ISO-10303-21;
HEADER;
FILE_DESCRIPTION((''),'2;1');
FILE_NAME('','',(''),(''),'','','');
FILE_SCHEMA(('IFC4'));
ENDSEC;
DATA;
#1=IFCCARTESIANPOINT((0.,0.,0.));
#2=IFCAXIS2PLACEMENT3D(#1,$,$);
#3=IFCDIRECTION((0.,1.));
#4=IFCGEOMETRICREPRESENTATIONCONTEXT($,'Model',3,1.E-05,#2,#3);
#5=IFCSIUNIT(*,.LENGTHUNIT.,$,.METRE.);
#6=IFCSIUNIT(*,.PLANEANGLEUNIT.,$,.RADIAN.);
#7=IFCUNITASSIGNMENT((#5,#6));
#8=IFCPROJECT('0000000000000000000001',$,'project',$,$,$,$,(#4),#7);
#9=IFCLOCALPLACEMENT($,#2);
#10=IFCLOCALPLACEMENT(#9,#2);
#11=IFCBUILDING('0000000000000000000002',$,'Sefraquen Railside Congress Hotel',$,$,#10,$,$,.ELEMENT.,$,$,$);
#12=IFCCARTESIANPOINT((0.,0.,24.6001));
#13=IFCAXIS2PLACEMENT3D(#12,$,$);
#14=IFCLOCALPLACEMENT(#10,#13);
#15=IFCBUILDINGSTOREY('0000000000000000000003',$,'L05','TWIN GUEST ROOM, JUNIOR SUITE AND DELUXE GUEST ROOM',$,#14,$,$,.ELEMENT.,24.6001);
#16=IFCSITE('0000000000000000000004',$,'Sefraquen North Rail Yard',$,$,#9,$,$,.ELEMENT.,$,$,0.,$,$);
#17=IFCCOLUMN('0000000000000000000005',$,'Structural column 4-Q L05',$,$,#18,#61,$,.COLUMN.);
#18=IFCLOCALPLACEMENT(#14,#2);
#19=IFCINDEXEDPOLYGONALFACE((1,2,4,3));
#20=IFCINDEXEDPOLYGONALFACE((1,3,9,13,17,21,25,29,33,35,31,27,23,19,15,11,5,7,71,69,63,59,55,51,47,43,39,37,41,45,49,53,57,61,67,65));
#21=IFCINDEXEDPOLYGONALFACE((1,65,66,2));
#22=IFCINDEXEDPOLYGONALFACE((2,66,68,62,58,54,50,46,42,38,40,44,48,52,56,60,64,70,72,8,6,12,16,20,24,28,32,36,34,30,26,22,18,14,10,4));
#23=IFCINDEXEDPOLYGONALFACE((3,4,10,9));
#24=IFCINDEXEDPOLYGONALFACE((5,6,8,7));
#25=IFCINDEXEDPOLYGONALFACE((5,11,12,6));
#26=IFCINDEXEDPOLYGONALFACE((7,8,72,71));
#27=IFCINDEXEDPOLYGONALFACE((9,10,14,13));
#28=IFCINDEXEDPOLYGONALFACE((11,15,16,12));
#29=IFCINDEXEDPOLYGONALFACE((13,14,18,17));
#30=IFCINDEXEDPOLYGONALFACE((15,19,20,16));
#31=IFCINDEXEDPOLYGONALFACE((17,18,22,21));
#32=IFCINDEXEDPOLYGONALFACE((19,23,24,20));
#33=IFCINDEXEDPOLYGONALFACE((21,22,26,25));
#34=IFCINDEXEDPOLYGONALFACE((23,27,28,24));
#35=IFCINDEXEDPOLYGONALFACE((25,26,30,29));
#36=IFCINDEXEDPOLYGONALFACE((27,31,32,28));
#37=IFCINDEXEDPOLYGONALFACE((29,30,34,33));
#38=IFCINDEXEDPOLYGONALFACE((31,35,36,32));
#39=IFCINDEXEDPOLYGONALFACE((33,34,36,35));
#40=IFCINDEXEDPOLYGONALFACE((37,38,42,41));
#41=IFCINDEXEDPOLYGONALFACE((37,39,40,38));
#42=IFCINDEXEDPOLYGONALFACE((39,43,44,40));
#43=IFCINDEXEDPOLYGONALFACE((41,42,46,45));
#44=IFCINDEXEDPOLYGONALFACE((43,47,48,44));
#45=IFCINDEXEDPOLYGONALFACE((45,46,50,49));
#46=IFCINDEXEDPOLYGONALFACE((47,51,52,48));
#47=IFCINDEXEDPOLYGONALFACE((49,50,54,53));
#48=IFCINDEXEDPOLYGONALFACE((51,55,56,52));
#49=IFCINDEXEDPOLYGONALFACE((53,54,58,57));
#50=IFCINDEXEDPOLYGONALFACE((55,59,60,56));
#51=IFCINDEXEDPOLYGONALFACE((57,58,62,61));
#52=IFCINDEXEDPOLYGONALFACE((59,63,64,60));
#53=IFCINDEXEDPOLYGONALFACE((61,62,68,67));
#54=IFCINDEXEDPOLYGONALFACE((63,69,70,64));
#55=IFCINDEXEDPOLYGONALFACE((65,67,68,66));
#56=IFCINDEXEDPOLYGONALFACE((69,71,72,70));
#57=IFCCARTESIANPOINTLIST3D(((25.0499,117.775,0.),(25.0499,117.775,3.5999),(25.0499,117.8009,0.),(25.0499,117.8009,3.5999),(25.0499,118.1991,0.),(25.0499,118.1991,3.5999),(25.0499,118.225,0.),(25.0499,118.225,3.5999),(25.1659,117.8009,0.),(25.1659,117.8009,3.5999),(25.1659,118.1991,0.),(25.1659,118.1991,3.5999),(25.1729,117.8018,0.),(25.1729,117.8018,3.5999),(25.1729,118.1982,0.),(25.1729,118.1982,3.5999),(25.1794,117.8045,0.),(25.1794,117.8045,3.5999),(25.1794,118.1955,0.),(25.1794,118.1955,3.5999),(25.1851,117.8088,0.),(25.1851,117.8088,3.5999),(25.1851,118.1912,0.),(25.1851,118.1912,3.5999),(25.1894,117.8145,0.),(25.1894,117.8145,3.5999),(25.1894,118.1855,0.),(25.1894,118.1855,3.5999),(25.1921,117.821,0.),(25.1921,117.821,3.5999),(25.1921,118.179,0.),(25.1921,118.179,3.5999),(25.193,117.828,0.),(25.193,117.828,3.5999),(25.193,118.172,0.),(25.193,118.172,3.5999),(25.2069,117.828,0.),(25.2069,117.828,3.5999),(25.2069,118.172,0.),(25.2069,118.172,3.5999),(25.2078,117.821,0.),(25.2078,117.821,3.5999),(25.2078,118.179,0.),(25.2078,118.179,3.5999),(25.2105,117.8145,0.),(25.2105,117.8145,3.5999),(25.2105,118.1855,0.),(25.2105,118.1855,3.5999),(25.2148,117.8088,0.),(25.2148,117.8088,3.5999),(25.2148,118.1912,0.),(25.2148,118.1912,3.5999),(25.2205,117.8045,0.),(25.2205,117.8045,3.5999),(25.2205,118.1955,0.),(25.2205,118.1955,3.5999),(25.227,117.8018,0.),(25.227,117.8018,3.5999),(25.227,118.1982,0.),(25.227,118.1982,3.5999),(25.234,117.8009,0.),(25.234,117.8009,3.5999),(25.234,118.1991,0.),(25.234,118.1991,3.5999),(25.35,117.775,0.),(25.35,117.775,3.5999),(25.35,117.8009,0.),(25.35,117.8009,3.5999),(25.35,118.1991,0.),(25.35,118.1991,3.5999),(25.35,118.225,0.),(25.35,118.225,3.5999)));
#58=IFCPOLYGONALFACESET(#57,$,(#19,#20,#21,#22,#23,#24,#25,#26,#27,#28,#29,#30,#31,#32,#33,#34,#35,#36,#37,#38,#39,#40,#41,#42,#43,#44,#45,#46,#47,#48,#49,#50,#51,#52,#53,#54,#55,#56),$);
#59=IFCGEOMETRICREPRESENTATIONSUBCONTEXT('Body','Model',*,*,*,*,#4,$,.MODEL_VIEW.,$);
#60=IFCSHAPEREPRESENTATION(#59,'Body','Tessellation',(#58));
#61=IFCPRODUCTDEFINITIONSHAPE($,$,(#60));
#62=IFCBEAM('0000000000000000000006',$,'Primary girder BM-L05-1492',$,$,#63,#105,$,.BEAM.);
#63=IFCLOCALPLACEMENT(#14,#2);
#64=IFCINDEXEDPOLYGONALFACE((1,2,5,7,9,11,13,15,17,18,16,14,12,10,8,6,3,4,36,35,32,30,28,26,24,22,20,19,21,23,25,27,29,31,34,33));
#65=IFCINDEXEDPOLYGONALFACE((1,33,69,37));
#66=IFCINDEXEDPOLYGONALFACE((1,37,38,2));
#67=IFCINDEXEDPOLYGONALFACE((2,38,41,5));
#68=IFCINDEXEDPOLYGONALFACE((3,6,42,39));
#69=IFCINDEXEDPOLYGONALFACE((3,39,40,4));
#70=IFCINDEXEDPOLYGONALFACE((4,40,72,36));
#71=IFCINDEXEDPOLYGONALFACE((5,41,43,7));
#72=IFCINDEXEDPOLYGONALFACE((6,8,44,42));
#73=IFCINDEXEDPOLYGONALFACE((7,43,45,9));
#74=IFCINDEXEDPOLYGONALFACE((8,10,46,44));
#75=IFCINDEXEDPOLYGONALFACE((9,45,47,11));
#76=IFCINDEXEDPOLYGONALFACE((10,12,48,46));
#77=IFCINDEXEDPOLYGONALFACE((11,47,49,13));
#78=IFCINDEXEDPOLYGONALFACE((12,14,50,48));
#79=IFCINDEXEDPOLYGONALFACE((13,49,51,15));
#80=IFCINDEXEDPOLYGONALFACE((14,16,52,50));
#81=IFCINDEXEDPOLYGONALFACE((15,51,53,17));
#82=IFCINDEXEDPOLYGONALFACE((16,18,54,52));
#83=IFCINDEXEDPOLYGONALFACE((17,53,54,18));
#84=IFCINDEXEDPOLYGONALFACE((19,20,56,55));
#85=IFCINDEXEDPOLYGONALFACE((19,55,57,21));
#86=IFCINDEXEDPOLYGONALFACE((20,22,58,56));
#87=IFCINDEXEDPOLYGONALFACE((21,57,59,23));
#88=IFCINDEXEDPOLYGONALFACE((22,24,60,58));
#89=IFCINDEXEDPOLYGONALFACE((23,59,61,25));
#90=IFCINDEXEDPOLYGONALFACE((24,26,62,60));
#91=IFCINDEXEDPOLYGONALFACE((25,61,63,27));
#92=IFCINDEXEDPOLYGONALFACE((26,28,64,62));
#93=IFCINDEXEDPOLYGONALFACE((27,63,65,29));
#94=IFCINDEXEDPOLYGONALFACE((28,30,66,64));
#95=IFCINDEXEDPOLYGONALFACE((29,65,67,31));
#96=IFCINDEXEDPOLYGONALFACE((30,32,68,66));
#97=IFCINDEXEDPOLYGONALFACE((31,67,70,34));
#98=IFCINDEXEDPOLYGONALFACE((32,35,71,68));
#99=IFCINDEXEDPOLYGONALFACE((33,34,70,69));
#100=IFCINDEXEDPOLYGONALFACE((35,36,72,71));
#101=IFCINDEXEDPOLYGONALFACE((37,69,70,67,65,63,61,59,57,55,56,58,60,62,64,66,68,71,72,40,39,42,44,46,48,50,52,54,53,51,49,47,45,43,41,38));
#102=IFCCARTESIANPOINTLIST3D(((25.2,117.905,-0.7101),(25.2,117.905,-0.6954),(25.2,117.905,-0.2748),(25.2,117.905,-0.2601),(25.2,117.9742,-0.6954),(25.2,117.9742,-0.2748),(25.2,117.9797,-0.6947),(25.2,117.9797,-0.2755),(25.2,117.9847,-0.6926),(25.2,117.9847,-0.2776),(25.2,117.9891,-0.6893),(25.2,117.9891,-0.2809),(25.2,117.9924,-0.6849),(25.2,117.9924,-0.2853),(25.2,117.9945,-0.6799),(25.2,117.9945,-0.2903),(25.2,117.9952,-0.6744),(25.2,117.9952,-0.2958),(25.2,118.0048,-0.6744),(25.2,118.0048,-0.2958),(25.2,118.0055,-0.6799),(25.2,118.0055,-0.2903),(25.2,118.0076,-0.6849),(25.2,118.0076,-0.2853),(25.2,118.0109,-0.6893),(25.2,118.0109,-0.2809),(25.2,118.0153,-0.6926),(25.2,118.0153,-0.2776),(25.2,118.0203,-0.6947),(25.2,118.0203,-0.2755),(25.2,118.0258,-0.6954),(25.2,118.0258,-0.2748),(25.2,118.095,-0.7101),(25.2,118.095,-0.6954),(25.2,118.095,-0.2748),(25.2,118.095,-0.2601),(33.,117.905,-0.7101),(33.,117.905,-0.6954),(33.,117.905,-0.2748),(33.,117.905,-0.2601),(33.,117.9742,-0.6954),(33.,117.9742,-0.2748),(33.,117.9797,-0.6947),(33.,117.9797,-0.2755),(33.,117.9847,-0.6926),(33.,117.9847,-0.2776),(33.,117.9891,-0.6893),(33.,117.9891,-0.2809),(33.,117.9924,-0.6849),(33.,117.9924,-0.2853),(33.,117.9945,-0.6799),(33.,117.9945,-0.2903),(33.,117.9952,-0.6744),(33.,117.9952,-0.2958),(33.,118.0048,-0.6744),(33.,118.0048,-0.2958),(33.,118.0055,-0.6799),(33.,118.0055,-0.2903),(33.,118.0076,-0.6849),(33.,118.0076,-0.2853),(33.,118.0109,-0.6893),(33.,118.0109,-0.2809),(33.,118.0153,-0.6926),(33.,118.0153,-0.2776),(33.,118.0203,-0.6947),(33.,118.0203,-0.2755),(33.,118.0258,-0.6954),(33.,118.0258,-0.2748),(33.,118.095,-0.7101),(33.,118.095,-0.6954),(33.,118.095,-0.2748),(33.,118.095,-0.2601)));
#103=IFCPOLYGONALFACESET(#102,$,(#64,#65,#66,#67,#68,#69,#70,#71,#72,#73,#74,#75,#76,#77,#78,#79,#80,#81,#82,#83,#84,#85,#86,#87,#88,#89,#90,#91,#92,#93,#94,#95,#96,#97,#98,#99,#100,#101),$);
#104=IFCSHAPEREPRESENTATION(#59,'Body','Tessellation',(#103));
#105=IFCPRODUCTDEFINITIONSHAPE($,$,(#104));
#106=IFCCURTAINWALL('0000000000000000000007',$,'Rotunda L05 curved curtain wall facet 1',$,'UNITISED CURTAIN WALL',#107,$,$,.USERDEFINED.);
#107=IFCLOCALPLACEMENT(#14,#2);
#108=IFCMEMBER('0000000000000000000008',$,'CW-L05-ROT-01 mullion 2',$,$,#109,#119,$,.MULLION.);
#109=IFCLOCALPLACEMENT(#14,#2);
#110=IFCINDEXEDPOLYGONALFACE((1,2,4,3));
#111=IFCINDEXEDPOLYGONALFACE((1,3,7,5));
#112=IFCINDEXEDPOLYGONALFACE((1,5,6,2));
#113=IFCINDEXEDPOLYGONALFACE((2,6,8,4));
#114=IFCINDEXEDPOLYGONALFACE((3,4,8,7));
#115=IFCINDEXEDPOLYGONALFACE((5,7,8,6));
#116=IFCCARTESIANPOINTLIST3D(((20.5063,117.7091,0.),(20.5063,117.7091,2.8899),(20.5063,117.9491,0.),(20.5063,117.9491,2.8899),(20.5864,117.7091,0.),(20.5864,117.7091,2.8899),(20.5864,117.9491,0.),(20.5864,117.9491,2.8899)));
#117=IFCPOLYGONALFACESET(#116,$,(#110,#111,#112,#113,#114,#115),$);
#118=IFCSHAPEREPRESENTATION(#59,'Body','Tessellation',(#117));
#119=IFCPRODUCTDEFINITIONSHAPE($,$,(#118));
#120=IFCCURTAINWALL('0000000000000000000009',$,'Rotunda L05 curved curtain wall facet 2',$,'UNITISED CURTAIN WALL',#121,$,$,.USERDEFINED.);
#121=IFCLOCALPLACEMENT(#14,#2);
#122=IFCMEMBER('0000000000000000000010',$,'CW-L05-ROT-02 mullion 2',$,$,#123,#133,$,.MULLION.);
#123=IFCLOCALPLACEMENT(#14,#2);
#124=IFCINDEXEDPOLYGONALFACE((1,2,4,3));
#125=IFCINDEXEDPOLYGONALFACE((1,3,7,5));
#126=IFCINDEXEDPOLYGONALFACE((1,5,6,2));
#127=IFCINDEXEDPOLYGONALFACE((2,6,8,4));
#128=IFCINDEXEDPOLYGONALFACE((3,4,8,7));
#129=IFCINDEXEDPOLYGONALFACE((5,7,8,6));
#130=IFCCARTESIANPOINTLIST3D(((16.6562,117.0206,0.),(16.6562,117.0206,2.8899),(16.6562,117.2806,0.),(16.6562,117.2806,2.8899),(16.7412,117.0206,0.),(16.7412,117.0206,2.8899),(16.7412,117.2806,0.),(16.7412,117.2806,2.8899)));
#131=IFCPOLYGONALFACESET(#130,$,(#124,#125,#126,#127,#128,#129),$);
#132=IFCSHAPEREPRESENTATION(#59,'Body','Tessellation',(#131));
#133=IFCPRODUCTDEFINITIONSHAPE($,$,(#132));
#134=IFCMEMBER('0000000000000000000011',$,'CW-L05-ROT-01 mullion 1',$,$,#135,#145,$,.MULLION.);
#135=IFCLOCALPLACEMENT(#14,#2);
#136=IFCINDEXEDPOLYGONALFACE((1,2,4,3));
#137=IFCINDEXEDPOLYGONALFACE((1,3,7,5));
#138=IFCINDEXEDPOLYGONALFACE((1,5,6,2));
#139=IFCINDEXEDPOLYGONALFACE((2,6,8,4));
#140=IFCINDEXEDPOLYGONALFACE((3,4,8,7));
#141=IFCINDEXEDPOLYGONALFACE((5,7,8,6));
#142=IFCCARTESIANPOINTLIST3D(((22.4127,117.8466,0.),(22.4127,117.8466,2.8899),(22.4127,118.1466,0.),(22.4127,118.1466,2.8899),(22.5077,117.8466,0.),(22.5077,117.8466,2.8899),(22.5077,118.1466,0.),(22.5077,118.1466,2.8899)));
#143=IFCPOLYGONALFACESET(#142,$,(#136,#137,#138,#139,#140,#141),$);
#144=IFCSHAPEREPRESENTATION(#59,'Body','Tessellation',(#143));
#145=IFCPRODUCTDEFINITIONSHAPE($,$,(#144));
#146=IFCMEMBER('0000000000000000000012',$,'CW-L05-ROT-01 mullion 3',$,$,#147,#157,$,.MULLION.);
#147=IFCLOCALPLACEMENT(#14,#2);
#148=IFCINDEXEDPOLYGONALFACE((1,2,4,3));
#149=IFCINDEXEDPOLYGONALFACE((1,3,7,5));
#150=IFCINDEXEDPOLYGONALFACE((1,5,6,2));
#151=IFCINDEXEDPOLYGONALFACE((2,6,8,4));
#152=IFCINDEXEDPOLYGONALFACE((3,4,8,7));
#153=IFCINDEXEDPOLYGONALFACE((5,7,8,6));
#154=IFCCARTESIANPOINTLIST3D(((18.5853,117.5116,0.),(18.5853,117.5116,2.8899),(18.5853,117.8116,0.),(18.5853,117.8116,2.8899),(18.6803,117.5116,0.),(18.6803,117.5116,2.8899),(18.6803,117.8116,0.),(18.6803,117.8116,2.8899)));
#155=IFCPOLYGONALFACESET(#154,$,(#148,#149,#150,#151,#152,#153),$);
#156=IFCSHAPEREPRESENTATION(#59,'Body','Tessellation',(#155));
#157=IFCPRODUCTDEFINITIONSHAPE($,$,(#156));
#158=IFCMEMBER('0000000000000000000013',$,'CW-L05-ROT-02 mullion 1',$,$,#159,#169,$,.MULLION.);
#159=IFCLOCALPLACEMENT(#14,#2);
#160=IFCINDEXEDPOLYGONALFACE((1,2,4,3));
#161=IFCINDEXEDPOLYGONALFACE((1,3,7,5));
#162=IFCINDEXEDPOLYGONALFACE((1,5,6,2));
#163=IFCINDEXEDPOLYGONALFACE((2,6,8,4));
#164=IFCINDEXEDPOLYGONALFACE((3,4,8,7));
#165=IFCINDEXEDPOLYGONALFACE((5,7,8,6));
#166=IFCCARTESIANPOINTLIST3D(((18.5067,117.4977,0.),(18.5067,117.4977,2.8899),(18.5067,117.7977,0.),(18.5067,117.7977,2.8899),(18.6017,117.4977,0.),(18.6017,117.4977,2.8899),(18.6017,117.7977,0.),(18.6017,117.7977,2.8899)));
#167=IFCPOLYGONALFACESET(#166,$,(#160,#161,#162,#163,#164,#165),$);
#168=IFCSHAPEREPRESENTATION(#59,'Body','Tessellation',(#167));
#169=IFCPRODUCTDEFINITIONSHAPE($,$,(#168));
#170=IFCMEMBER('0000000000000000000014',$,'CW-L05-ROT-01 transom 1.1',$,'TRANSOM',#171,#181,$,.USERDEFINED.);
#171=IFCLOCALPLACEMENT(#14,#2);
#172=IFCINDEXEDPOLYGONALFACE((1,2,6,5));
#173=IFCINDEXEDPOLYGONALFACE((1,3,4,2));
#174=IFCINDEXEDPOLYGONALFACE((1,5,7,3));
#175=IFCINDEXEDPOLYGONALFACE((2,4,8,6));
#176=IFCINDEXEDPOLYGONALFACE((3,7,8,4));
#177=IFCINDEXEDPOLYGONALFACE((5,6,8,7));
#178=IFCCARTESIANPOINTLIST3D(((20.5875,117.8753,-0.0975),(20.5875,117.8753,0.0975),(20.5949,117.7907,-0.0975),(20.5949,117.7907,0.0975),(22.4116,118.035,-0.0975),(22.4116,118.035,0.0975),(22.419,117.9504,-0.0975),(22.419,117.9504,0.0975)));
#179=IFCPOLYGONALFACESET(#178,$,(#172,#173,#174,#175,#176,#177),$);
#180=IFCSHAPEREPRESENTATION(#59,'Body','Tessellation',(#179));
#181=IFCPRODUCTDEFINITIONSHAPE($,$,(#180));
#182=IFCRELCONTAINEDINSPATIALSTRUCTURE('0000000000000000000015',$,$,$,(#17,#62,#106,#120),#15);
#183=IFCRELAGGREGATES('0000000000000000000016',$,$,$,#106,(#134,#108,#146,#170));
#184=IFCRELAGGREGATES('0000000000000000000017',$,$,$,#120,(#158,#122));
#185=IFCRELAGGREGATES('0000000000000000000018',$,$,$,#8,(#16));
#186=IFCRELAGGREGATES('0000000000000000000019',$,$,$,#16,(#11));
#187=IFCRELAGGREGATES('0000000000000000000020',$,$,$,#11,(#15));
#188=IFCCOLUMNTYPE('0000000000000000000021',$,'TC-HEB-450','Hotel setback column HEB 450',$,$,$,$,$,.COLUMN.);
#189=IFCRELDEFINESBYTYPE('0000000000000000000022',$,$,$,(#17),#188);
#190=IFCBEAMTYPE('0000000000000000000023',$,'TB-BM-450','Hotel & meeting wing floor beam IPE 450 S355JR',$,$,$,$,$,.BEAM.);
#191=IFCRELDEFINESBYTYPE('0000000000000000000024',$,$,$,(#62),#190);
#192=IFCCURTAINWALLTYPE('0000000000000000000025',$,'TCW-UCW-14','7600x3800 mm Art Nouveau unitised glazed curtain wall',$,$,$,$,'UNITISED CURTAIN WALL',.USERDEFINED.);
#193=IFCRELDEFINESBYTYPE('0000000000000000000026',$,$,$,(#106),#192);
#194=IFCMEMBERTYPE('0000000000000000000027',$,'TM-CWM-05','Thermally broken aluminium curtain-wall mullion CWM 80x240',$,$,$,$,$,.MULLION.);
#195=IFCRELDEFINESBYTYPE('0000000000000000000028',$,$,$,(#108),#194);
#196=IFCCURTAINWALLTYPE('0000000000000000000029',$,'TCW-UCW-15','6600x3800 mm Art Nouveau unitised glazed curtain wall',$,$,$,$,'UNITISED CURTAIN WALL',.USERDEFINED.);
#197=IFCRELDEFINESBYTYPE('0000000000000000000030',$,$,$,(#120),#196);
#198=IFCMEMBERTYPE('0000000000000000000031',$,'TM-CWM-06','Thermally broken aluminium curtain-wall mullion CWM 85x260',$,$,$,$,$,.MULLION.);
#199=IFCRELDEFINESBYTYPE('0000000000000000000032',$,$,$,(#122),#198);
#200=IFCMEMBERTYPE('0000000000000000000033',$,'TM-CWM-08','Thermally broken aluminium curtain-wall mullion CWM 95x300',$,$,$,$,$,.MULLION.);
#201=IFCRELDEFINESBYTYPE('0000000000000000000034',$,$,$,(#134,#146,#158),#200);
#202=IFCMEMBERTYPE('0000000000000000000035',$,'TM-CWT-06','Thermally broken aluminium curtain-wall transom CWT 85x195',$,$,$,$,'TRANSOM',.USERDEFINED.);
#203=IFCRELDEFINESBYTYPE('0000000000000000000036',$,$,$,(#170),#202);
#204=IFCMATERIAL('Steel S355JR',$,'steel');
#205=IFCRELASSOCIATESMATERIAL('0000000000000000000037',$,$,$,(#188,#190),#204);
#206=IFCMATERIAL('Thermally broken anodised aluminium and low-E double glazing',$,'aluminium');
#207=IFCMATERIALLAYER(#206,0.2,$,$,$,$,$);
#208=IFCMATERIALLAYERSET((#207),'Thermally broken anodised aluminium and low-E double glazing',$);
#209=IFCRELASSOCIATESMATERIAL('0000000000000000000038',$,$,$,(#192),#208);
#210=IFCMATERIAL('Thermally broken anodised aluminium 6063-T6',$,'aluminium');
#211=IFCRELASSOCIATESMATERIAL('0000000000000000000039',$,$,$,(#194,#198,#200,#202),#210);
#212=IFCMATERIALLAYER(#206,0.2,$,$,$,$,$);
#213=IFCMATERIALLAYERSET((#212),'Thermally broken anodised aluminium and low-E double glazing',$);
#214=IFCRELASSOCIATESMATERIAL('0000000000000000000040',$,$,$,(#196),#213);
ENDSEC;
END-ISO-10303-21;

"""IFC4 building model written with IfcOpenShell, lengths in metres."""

from ifc_helpers import new_model, si_unit, direction, frame, origin, origin_2d, place, context, subcontext, project, spatial, rectangle, i_section, extrude, material, layer, layer_set, material_profile, profile_set, type_object, element, aggregate, save


model = new_model("IFC4")

# Units and contexts
model_context = context("Model", 3, precision=1e-05, world=origin(), true_north=direction((0.0, 1.0)))
body_context = subcontext(model_context, "Body", "Model", "MODEL_VIEW")
ifc_project = project(units=[si_unit("LENGTHUNIT", "METRE"), si_unit("PLANEANGLEUNIT", "RADIAN")], contexts=[model_context])

# Site, building, storey
site_placement = place(None, origin())
site = spatial("IfcSite", under=ifc_project, at=site_placement, Name="Sefraquen North Rail Yard", CompositionType="ELEMENT", RefElevation=0.0)
building_placement = place(site_placement, origin())
building = spatial("IfcBuilding", under=site, at=building_placement, Name="Sefraquen Railside Congress Hotel", CompositionType="ELEMENT")
storey_placement = place(building_placement, frame((0.0, 0.0, 24.6001)))
storey = spatial("IfcBuildingStorey", under=building, at=storey_placement, Name="L05", Description="TWIN GUEST ROOM, JUNIOR SUITE AND DELUXE GUEST ROOM", CompositionType="ELEMENT", Elevation=24.6001)

# Column
ifc_material_1 = material(Name="Steel S355JR", Category="steel")
ifc_material_profile_1 = material_profile(ifc_material_1, i_section(OverallWidth=0.3, OverallDepth=0.45, WebThickness=0.0139, FlangeThickness=0.0259, FilletRadius=0.0271, at=origin_2d()), Name="HEB 450")
ifc_profile_set_1 = profile_set([ifc_material_profile_1], Name="Steel S355JR")
column_type = type_object("IfcColumnType", Name="TC-HEB-450", Description="Hotel setback column HEB 450", PredefinedType="COLUMN", material=ifc_profile_set_1)
column_placement = place(storey_placement, frame((25.2, 118.0, 0.0), z_axis=(0.0, 0.0, 1.0), x_axis=(1.0, 0.0, 0.0)))
element("IfcColumn", 1, at=column_placement, inside=storey, type_object=column_type, Name="Structural column 4-Q L05", PredefinedType="COLUMN", context=body_context, shape_type="SweptSolid", body=[
    extrude(i_section(OverallWidth=0.3, OverallDepth=0.45, WebThickness=0.0139, FlangeThickness=0.0259, FilletRadius=0.0271, at=origin_2d()), origin(), (0.0, 0.0, 1.0), 3.5999),
])

# Beam
ifc_material_profile_2 = material_profile(ifc_material_1, i_section(OverallWidth=0.1899, OverallDepth=0.45, WebThickness=0.0095, FlangeThickness=0.0146, FilletRadius=0.021, at=origin_2d()), Name="IPE 450")
ifc_profile_set_2 = profile_set([ifc_material_profile_2], Name="Steel S355JR")
beam_type = type_object("IfcBeamType", Name="TB-BM-450", Description="Hotel & meeting wing floor beam IPE 450 S355JR", PredefinedType="BEAM", material=ifc_profile_set_2)
beam_placement = place(storey_placement, frame((25.2, 118.0, -0.4851), z_axis=(1.0, 0.0, 0.0), x_axis=(0.0, 1.0, 0.0)))
element("IfcBeam", 2, at=beam_placement, inside=storey, type_object=beam_type, Name="Primary girder BM-L05-1492", PredefinedType="BEAM", context=body_context, shape_type="SweptSolid", body=[
    extrude(i_section(OverallWidth=0.1899, OverallDepth=0.45, WebThickness=0.0095, FlangeThickness=0.0146, FilletRadius=0.021, at=origin_2d()), origin(), (0.0, 0.0, 1.0), 7.8),
])

# Curtain walls, members
ifc_material_2 = material(Name="Thermally broken anodised aluminium and low-E double glazing", Category="aluminium")
ifc_layer_1 = layer(ifc_material_2, 0.2)
ifc_layer_set_1 = layer_set([ifc_layer_1], Name="Thermally broken anodised aluminium and low-E double glazing")
curtain_wall_type_1 = type_object("IfcCurtainWallType", Name="TCW-UCW-14", Description="7600x3800 mm Art Nouveau unitised glazed curtain wall", ElementType="UNITISED CURTAIN WALL", PredefinedType="USERDEFINED", material=ifc_layer_set_1)
curtain_wall_1_placement = place(storey_placement, origin())
curtain_wall_1 = element("IfcCurtainWall", 3, at=curtain_wall_1_placement, inside=storey, type_object=curtain_wall_type_1, Name="Rotunda L05 curved curtain wall facet 1", ObjectType="UNITISED CURTAIN WALL", PredefinedType="USERDEFINED")
ifc_material_3 = material(Name="Thermally broken anodised aluminium 6063-T6", Category="aluminium")
ifc_material_profile_3 = material_profile(ifc_material_3, rectangle(XDim=0.0801, YDim=0.24, at=origin_2d()), Name="CWM 80x240")
ifc_profile_set_3 = profile_set([ifc_material_profile_3], Name="Thermally broken anodised aluminium 6063-T6")
member_type_1 = type_object("IfcMemberType", Name="TM-CWM-05", Description="Thermally broken aluminium curtain-wall mullion CWM 80x240", PredefinedType="MULLION", material=ifc_profile_set_3)
member_1_placement = place(storey_placement, frame((20.5464, 117.8291, 0.0), z_axis=(0.0, 0.0, 1.0), x_axis=(1.0, 0.0, 0.0)))
member_1 = element("IfcMember", 4, at=member_1_placement, type_object=member_type_1, Name="CW-L05-ROT-01 mullion 2", PredefinedType="MULLION", context=body_context, shape_type="SweptSolid", body=[
    extrude(rectangle(XDim=0.0801, YDim=0.24, at=origin_2d()), origin(), (0.0, 0.0, 1.0), 2.8899),
])
ifc_layer_2 = layer(ifc_material_2, 0.2)
ifc_layer_set_2 = layer_set([ifc_layer_2], Name="Thermally broken anodised aluminium and low-E double glazing")
curtain_wall_type_2 = type_object("IfcCurtainWallType", Name="TCW-UCW-15", Description="6600x3800 mm Art Nouveau unitised glazed curtain wall", ElementType="UNITISED CURTAIN WALL", PredefinedType="USERDEFINED", material=ifc_layer_set_2)
curtain_wall_2_placement = place(storey_placement, origin())
curtain_wall_2 = element("IfcCurtainWall", 5, at=curtain_wall_2_placement, inside=storey, type_object=curtain_wall_type_2, Name="Rotunda L05 curved curtain wall facet 2", ObjectType="UNITISED CURTAIN WALL", PredefinedType="USERDEFINED")
ifc_material_profile_4 = material_profile(ifc_material_3, rectangle(XDim=0.085, YDim=0.26, at=origin_2d()), Name="CWM 85x260")
ifc_profile_set_4 = profile_set([ifc_material_profile_4], Name="Thermally broken anodised aluminium 6063-T6")
member_type_2 = type_object("IfcMemberType", Name="TM-CWM-06", Description="Thermally broken aluminium curtain-wall mullion CWM 85x260", PredefinedType="MULLION", material=ifc_profile_set_4)
member_2_placement = place(storey_placement, frame((16.6987, 117.1506, 0.0), z_axis=(0.0, 0.0, 1.0), x_axis=(1.0, 0.0, 0.0)))
member_2 = element("IfcMember", 6, at=member_2_placement, type_object=member_type_2, Name="CW-L05-ROT-02 mullion 2", PredefinedType="MULLION", context=body_context, shape_type="SweptSolid", body=[
    extrude(rectangle(XDim=0.085, YDim=0.26, at=origin_2d()), origin(), (0.0, 0.0, 1.0), 2.8899),
])

# Members
ifc_material_profile_5 = material_profile(ifc_material_3, rectangle(XDim=0.095, YDim=0.3, at=origin_2d()), Name="CWM 95x300")
ifc_profile_set_5 = profile_set([ifc_material_profile_5], Name="Thermally broken anodised aluminium 6063-T6")
member_type_3 = type_object("IfcMemberType", Name="TM-CWM-08", Description="Thermally broken aluminium curtain-wall mullion CWM 95x300", PredefinedType="MULLION", material=ifc_profile_set_5)
member_3_placement = place(storey_placement, frame((22.4602, 117.9966, 0.0), z_axis=(0.0, 0.0, 1.0), x_axis=(1.0, 0.0, 0.0)))
member_3 = element("IfcMember", 7, at=member_3_placement, type_object=member_type_3, Name="CW-L05-ROT-01 mullion 1", PredefinedType="MULLION", context=body_context, shape_type="SweptSolid", body=[
    extrude(rectangle(XDim=0.095, YDim=0.3, at=origin_2d()), origin(), (0.0, 0.0, 1.0), 2.8899),
])
member_4_placement = place(storey_placement, frame((18.6328, 117.6616, 0.0), z_axis=(0.0, 0.0, 1.0), x_axis=(1.0, 0.0, 0.0)))
member_4 = element("IfcMember", 8, at=member_4_placement, type_object=member_type_3, Name="CW-L05-ROT-01 mullion 3", PredefinedType="MULLION", context=body_context, shape_type="SweptSolid", body=[
    extrude(rectangle(XDim=0.095, YDim=0.3, at=origin_2d()), origin(), (0.0, 0.0, 1.0), 2.8899),
])
member_5_placement = place(storey_placement, frame((18.5542, 117.6477, 0.0), z_axis=(0.0, 0.0, 1.0), x_axis=(1.0, 0.0, 0.0)))
member_5 = element("IfcMember", 9, at=member_5_placement, type_object=member_type_3, Name="CW-L05-ROT-02 mullion 1", PredefinedType="MULLION", context=body_context, shape_type="SweptSolid", body=[
    extrude(rectangle(XDim=0.095, YDim=0.3, at=origin_2d()), origin(), (0.0, 0.0, 1.0), 2.8899),
])
ifc_material_profile_6 = material_profile(ifc_material_3, rectangle(XDim=0.085, YDim=0.1951, at=origin_2d()), Name="CWT 85x195")
ifc_profile_set_6 = profile_set([ifc_material_profile_6], Name="Thermally broken anodised aluminium 6063-T6")
member_type_4 = type_object("IfcMemberType", Name="TM-CWT-06", Description="Thermally broken aluminium curtain-wall transom CWT 85x195", ElementType="TRANSOM", PredefinedType="USERDEFINED", material=ifc_profile_set_6)
member_6_placement = place(storey_placement, frame((22.4153, 117.9927, 0.0), z_axis=(-0.99619, -0.087205, 0.0), x_axis=(0.087205, -0.99619, 0.0)))
member_6 = element("IfcMember", 10, at=member_6_placement, type_object=member_type_4, Name="CW-L05-ROT-01 transom 1.1", ObjectType="TRANSOM", PredefinedType="USERDEFINED", context=body_context, shape_type="SweptSolid", body=[
    extrude(rectangle(XDim=0.085, YDim=0.1951, at=origin_2d()), origin(), (0.0, 0.0, 1.0), 1.8311),
])

aggregate(curtain_wall_1, [member_3, member_1, member_4, member_6])
aggregate(curtain_wall_2, [member_5, member_2])

save(model, "model.ifc")
